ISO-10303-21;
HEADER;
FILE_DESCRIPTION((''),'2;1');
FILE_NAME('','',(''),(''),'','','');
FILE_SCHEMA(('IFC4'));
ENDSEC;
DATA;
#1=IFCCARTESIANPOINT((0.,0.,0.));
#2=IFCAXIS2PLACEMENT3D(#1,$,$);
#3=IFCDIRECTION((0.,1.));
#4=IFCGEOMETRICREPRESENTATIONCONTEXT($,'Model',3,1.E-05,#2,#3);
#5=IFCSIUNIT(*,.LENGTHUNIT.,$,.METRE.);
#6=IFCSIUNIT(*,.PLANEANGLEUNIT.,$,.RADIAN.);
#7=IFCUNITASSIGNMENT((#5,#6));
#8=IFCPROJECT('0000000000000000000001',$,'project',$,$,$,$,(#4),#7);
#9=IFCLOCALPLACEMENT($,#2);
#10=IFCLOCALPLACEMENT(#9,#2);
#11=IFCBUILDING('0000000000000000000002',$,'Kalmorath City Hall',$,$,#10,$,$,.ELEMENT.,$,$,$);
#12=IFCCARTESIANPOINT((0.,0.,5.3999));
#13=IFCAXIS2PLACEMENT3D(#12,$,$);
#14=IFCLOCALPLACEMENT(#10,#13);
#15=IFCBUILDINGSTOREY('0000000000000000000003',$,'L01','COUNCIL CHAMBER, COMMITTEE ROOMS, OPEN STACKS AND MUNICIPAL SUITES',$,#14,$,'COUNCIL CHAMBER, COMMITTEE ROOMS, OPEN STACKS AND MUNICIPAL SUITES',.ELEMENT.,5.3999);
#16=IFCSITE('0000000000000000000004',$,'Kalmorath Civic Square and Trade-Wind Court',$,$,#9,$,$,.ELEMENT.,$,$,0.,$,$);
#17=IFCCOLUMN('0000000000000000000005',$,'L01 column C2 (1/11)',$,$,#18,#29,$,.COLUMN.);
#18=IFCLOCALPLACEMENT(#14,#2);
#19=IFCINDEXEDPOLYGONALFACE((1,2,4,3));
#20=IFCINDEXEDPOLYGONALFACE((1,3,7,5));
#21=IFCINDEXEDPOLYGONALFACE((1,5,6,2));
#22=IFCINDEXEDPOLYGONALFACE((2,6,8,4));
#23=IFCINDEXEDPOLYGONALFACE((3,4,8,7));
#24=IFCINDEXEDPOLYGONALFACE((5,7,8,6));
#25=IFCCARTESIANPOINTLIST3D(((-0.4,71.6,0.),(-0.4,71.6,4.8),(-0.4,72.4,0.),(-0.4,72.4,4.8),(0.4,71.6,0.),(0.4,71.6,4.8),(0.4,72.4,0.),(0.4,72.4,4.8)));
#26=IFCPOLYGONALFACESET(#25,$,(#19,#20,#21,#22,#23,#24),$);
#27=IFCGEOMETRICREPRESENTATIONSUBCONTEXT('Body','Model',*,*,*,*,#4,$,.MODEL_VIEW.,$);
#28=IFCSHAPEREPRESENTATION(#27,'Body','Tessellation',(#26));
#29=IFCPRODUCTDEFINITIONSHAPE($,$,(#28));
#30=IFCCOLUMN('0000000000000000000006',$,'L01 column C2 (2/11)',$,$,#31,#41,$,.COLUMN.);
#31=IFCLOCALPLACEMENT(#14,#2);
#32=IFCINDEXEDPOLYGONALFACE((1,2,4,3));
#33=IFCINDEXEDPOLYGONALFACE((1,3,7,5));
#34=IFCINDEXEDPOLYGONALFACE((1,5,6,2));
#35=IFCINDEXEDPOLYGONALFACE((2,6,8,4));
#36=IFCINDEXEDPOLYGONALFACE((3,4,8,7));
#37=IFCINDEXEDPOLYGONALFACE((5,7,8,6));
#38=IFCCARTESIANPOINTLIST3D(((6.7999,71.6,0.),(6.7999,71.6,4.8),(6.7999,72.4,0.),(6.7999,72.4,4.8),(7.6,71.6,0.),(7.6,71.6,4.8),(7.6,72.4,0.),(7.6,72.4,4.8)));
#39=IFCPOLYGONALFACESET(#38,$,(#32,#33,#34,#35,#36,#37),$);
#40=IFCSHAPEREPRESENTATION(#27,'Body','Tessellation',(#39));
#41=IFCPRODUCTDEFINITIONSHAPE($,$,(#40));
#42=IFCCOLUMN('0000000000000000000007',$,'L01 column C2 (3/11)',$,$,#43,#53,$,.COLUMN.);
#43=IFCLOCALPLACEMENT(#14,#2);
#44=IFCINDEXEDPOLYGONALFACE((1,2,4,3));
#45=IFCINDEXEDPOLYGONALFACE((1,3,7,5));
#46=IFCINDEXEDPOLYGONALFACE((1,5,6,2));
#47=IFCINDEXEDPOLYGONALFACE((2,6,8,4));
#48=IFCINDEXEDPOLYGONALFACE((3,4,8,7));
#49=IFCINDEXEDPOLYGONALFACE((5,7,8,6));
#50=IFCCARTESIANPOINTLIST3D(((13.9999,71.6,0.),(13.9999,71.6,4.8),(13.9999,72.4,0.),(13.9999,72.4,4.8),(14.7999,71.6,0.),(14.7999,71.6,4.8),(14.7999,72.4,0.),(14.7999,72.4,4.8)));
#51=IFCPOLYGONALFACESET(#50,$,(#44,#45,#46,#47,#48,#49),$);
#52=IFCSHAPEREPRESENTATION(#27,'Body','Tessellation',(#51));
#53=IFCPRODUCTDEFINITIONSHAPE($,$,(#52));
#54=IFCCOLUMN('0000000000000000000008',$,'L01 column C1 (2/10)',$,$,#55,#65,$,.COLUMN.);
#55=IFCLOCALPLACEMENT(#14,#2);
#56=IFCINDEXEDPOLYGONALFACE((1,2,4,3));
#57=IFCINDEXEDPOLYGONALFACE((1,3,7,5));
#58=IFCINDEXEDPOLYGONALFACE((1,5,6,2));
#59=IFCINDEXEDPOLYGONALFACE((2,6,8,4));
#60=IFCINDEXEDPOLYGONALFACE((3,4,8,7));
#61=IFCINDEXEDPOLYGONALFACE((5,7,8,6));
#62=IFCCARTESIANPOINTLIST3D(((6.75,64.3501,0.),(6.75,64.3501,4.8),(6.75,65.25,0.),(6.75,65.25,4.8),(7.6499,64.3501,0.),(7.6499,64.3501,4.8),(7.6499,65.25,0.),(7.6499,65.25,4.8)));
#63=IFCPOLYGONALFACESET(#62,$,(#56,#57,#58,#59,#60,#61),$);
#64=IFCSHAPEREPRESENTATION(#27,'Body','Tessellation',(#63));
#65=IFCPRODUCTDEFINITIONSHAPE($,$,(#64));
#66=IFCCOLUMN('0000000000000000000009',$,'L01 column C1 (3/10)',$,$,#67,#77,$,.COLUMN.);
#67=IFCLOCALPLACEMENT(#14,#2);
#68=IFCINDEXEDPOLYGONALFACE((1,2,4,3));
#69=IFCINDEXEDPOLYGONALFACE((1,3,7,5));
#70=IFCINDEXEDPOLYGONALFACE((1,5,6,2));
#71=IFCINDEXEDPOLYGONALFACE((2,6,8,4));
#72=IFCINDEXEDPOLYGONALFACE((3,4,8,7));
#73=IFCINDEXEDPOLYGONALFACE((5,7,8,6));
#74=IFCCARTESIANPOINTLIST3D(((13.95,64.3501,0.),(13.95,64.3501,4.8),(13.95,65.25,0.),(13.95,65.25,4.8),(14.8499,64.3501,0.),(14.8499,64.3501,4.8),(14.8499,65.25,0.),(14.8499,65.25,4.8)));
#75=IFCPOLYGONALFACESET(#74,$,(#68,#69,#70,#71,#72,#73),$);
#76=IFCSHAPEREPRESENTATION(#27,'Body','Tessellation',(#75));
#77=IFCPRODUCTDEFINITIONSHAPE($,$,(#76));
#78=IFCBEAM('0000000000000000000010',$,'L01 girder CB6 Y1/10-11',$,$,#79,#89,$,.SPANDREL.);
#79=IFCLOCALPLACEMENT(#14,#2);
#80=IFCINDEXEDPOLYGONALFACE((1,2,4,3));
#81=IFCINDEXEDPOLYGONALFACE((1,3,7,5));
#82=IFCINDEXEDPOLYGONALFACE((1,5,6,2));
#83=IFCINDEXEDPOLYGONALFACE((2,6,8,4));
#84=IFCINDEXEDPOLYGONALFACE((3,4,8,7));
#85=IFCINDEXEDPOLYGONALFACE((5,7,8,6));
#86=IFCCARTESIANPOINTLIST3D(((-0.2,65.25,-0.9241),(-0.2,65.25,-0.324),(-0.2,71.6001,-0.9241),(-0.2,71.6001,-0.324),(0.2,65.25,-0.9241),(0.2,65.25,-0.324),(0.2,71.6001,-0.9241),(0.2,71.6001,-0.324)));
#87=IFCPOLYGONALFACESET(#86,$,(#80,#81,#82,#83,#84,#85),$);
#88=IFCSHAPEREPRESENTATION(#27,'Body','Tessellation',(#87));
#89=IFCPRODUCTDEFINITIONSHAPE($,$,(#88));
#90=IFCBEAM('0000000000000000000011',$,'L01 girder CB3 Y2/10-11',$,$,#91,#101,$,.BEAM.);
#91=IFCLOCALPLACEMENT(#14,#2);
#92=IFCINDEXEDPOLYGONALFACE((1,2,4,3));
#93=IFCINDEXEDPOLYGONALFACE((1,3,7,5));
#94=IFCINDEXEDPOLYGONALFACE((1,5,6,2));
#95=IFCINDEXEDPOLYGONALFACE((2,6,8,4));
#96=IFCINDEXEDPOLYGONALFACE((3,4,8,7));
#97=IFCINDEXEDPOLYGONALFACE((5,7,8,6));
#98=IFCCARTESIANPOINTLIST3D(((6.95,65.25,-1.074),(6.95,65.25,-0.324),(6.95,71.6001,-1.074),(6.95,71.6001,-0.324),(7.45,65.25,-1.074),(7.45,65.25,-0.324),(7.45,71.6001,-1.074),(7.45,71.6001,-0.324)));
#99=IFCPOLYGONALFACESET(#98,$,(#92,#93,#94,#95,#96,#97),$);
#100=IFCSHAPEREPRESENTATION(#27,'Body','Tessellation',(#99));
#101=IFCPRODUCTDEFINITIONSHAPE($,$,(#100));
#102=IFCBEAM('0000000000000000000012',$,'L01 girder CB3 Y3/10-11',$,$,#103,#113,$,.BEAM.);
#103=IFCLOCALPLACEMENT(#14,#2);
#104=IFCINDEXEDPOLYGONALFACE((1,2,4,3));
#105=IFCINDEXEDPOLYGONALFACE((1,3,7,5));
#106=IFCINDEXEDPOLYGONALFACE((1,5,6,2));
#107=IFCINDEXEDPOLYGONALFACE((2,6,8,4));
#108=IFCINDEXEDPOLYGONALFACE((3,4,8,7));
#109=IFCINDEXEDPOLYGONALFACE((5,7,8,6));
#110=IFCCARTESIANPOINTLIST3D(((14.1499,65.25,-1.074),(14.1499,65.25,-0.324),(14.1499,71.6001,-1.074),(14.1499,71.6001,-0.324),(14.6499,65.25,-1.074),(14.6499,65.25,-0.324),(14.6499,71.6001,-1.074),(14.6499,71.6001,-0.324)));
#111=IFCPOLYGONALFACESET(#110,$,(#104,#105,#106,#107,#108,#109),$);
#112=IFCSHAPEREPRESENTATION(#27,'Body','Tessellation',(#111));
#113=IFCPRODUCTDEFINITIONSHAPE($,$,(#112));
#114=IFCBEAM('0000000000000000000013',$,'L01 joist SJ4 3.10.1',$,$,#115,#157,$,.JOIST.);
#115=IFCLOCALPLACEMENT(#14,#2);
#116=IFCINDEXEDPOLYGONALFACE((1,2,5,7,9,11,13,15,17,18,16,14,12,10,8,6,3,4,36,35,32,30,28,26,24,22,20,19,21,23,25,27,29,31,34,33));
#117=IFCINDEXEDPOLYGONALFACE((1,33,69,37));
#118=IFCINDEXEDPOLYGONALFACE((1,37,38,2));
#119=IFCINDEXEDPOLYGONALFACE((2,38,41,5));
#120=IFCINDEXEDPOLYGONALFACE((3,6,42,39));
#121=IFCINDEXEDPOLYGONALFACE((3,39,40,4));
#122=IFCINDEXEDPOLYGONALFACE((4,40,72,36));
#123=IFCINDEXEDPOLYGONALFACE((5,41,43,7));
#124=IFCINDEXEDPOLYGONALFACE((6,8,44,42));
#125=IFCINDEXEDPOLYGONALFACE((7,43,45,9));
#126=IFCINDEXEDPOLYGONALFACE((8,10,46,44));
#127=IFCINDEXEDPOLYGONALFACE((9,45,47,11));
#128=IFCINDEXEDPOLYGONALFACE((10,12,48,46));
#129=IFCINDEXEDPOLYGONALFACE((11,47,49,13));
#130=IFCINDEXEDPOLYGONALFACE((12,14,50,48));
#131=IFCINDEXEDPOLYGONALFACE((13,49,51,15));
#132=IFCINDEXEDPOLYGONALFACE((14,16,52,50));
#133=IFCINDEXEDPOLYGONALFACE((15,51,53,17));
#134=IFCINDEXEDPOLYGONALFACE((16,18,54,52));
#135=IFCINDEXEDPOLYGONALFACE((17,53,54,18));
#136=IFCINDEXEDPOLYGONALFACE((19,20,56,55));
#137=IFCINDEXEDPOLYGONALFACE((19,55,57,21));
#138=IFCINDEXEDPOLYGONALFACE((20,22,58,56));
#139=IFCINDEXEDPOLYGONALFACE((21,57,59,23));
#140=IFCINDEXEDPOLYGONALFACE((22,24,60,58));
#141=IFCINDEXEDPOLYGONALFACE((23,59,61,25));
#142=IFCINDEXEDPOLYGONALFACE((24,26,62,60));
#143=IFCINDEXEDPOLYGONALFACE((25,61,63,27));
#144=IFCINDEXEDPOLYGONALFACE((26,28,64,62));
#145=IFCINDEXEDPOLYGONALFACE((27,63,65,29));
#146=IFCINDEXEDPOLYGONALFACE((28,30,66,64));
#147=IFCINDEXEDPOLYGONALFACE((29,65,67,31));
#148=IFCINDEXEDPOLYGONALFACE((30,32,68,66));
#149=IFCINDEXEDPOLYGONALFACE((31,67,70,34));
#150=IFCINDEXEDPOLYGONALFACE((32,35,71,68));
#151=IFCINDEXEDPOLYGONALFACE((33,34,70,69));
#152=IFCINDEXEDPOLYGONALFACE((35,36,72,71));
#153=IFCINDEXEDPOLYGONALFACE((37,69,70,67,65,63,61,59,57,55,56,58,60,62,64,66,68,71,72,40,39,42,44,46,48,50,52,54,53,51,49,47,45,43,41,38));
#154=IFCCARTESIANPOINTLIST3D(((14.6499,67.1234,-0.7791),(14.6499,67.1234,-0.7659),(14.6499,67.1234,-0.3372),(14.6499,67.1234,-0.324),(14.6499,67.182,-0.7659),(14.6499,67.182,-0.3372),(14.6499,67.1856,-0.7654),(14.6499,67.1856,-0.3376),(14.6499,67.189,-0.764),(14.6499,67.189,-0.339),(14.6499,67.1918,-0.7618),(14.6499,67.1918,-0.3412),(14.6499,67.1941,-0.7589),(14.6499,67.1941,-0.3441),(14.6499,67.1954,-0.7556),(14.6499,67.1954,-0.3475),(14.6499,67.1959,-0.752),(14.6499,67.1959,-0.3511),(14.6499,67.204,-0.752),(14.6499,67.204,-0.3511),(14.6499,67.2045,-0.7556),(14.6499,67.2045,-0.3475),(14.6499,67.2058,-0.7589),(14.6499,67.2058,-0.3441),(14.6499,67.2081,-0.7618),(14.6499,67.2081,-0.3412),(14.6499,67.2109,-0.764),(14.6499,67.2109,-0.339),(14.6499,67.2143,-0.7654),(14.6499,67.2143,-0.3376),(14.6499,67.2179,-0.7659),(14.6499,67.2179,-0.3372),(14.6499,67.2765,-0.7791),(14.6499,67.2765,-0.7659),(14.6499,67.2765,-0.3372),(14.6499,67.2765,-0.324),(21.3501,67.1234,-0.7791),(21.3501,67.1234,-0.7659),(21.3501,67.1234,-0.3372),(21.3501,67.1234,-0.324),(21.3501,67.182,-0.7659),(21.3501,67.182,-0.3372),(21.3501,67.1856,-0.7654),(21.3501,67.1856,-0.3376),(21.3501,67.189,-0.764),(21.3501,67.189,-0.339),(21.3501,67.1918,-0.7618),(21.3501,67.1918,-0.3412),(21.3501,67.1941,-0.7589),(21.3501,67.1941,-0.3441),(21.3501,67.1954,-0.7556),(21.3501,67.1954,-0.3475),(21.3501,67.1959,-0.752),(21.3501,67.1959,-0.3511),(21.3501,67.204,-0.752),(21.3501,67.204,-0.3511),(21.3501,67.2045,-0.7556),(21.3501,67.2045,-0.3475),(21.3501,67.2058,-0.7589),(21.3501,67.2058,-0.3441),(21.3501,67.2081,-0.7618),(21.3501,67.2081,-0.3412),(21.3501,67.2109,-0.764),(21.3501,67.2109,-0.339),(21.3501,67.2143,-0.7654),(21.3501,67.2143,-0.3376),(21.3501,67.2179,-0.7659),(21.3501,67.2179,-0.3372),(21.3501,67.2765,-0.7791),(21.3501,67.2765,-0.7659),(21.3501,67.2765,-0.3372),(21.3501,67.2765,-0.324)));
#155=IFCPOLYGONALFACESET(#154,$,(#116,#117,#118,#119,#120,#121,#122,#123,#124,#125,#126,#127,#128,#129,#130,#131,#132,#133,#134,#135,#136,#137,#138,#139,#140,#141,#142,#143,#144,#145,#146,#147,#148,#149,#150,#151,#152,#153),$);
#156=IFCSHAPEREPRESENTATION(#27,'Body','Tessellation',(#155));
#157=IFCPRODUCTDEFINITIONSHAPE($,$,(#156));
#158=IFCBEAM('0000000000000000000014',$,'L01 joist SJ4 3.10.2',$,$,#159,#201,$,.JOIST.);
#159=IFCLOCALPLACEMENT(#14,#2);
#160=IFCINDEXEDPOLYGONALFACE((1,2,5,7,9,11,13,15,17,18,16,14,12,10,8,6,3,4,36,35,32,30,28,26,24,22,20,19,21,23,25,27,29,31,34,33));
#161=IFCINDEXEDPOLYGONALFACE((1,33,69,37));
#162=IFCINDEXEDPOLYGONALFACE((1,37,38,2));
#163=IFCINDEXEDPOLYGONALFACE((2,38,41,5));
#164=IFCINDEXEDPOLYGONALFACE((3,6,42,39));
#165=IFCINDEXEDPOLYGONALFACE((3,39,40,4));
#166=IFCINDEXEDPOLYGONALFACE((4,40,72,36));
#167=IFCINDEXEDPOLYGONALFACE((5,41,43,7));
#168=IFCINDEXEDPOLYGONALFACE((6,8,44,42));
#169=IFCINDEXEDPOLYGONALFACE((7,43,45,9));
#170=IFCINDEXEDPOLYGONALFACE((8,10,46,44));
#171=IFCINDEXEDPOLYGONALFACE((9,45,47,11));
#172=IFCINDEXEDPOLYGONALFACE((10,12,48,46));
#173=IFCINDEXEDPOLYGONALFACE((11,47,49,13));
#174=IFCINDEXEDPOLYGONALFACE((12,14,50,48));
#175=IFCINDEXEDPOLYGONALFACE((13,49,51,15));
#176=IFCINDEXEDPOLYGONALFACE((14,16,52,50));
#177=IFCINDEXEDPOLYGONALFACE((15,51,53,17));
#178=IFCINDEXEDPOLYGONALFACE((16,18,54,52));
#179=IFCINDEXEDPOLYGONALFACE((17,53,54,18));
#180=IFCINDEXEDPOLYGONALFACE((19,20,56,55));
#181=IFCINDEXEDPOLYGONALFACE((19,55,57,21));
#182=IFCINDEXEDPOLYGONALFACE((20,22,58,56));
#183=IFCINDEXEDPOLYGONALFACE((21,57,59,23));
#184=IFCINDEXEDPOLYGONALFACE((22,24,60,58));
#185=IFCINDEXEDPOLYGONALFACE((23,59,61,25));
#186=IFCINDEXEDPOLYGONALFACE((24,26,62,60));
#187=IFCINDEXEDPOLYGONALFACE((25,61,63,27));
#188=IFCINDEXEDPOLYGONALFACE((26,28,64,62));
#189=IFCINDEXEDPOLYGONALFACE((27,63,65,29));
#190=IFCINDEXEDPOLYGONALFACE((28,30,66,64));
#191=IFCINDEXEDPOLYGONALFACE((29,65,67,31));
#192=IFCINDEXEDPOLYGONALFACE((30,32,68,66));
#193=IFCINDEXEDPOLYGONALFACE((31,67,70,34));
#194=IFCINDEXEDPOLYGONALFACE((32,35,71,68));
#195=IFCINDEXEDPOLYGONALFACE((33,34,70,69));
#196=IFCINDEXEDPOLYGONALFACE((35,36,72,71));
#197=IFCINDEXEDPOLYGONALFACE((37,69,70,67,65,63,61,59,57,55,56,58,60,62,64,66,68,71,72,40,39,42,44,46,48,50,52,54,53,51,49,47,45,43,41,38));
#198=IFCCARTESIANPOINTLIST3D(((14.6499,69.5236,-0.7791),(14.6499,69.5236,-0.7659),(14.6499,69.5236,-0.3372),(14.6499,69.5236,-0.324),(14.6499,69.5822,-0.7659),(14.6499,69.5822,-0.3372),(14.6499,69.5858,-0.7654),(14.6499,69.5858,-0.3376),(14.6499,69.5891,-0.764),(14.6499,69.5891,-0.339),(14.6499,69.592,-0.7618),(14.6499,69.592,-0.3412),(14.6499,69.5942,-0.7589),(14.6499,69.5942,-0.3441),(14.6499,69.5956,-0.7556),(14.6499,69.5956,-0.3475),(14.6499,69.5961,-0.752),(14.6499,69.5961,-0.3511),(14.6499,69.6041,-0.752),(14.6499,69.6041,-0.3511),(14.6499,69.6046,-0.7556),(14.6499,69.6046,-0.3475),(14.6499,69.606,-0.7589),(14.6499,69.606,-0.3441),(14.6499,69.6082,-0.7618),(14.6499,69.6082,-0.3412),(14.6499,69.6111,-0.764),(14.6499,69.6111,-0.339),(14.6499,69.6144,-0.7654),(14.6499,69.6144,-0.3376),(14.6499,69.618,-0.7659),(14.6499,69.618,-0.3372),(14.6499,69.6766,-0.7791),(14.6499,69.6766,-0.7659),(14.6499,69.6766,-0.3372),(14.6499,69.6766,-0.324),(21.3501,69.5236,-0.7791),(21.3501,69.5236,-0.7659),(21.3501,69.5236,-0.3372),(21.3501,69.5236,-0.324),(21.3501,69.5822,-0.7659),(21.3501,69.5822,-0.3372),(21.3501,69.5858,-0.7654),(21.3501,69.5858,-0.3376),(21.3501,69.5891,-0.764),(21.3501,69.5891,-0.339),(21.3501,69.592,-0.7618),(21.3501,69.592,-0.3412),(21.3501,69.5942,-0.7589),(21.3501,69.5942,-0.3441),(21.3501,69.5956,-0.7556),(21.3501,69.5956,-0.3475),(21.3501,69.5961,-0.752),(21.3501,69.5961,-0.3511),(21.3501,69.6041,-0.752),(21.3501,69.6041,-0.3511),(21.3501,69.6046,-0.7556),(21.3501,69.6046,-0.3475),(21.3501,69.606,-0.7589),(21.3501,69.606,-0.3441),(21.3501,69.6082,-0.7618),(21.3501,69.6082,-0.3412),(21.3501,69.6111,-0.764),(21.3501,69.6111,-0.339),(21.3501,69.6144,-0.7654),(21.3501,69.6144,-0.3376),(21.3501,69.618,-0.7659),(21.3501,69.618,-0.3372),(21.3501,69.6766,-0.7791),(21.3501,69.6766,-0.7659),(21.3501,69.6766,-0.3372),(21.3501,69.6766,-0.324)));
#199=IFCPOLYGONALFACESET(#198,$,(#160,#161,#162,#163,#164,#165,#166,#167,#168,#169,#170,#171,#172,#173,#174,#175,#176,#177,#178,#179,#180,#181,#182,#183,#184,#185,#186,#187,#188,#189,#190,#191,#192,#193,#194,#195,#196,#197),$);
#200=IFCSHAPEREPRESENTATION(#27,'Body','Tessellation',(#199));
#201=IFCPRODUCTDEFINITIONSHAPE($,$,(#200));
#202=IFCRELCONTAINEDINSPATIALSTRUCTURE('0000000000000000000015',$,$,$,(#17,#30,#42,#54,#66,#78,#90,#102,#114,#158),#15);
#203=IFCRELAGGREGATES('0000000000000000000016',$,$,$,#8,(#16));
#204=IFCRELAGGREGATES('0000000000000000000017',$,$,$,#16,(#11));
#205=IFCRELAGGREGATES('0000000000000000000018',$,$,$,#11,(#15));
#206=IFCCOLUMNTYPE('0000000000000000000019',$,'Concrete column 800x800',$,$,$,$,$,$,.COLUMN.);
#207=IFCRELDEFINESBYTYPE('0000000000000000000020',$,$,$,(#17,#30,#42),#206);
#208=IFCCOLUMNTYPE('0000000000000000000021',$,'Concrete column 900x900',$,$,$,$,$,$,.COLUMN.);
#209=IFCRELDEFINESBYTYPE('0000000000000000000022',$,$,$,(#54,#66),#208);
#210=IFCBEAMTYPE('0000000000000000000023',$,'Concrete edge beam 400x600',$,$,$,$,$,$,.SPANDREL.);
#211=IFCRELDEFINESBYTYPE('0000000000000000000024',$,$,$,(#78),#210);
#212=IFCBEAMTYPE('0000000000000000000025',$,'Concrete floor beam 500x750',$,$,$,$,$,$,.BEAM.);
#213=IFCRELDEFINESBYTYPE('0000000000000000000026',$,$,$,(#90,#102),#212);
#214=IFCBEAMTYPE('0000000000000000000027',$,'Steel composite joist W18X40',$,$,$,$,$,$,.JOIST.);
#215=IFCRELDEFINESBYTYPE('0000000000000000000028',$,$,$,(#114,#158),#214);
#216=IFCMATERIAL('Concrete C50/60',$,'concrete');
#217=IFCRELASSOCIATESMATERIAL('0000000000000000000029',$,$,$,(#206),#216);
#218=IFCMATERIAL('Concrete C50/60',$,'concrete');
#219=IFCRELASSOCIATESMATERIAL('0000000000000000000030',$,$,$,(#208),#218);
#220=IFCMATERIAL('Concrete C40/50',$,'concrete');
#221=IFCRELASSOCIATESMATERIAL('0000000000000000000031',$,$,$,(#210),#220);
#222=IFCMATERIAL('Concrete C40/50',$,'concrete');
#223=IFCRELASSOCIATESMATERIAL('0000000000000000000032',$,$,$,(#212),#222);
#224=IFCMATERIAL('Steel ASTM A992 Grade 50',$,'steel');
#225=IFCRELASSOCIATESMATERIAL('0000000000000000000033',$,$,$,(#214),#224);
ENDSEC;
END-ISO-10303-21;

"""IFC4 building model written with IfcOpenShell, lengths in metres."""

from ifc_helpers import new_model, si_unit, direction, frame, origin, origin_2d, place, context, subcontext, project, spatial, rectangle, i_section, extrude, material, material_profile, profile_set, type_object, element, save


model = new_model("IFC4")

# Units and contexts
model_context = context("Model", 3, precision=1e-05, world=origin(), true_north=direction((0.0, 1.0)))
body_context = subcontext(model_context, "Body", "Model", "MODEL_VIEW")
ifc_project = project(units=[si_unit("LENGTHUNIT", "METRE"), si_unit("PLANEANGLEUNIT", "RADIAN")], contexts=[model_context])

# Site, building, storey
site_placement = place(None, origin())
site = spatial("IfcSite", under=ifc_project, at=site_placement, Name="Kalmorath Civic Square and Trade-Wind Court", CompositionType="ELEMENT", RefElevation=0.0)
building_placement = place(site_placement, origin())
building = spatial("IfcBuilding", under=site, at=building_placement, Name="Kalmorath City Hall", CompositionType="ELEMENT")
storey_placement = place(building_placement, frame((0.0, 0.0, 5.3999)))
storey = spatial("IfcBuildingStorey", under=building, at=storey_placement, Name="L01", Description="COUNCIL CHAMBER, COMMITTEE ROOMS, OPEN STACKS AND MUNICIPAL SUITES", LongName="COUNCIL CHAMBER, COMMITTEE ROOMS, OPEN STACKS AND MUNICIPAL SUITES", CompositionType="ELEMENT", Elevation=5.3999)

# Columns
ifc_material_1 = material(Name="Concrete C50/60", Category="concrete")
ifc_material_profile_1 = material_profile(ifc_material_1, rectangle(XDim=0.8, YDim=0.8, at=origin_2d()), Name="RC-COL-800X800")
ifc_profile_set_1 = profile_set([ifc_material_profile_1], Name="Concrete C50/60")
column_type_1 = type_object("IfcColumnType", Name="Concrete column 800x800", PredefinedType="COLUMN", material=ifc_profile_set_1)
for number, where, z_axis, x_axis, name in (
    (1, (0.0, 72.0, 0.0), (0.0, 0.0, 1.0), (1.0, 0.0, 0.0), "L01 column C2 (1/11)"),
    (2, (7.2, 72.0, 0.0), (0.0, 0.0, 1.0), (1.0, 0.0, 0.0), "L01 column C2 (2/11)"),
    (3, (14.3999, 72.0, 0.0), (0.0, 0.0, 1.0), (1.0, 0.0, 0.0), "L01 column C2 (3/11)"),
):
    element("IfcColumn", number, at=place(storey_placement, frame(where, z_axis=z_axis, x_axis=x_axis)), inside=storey, type_object=column_type_1, Name=name, PredefinedType="COLUMN", context=body_context, shape_type="SweptSolid", body=[
        extrude(rectangle(XDim=0.8, YDim=0.8, at=origin_2d()), origin(), (0.0, 0.0, 1.0), 4.8),
    ])
ifc_material_2 = material(Name="Concrete C50/60", Category="concrete")
ifc_material_profile_2 = material_profile(ifc_material_2, rectangle(XDim=0.8999, YDim=0.8999, at=origin_2d()), Name="RC-COL-900X900")
ifc_profile_set_2 = profile_set([ifc_material_profile_2], Name="Concrete C50/60")
column_type_2 = type_object("IfcColumnType", Name="Concrete column 900x900", PredefinedType="COLUMN", material=ifc_profile_set_2)
for number, where, z_axis, x_axis, name in (
    (4, (7.2, 64.8, 0.0), (0.0, 0.0, 1.0), (1.0, 0.0, 0.0), "L01 column C1 (2/10)"),
    (5, (14.3999, 64.8, 0.0), (0.0, 0.0, 1.0), (1.0, 0.0, 0.0), "L01 column C1 (3/10)"),
):
    element("IfcColumn", number, at=place(storey_placement, frame(where, z_axis=z_axis, x_axis=x_axis)), inside=storey, type_object=column_type_2, Name=name, PredefinedType="COLUMN", context=body_context, shape_type="SweptSolid", body=[
        extrude(rectangle(XDim=0.8999, YDim=0.8999, at=origin_2d()), origin(), (0.0, 0.0, 1.0), 4.8),
    ])

# Beams
ifc_material_3 = material(Name="Concrete C40/50", Category="concrete")
ifc_material_profile_3 = material_profile(ifc_material_3, rectangle(XDim=0.3999, YDim=0.6001, at=origin_2d()), Name="RC-BM-400X600")
ifc_profile_set_3 = profile_set([ifc_material_profile_3], Name="Concrete C40/50")
beam_type_1 = type_object("IfcBeamType", Name="Concrete edge beam 400x600", PredefinedType="SPANDREL", material=ifc_profile_set_3)
beam_1_placement = place(storey_placement, frame((0.0, 65.25, -0.624), z_axis=(0.0, 1.0, 0.0), x_axis=(-1.0, 0.0, 0.0)))
element("IfcBeam", 6, at=beam_1_placement, inside=storey, type_object=beam_type_1, Name="L01 girder CB6 Y1/10-11", PredefinedType="SPANDREL", context=body_context, shape_type="SweptSolid", body=[
    extrude(rectangle(XDim=0.3999, YDim=0.6001, at=origin_2d()), origin(), (0.0, 0.0, 1.0), 6.3501),
])
ifc_material_4 = material(Name="Concrete C40/50", Category="concrete")
ifc_material_profile_4 = material_profile(ifc_material_4, rectangle(XDim=0.5, YDim=0.75, at=origin_2d()), Name="RC-BM-500X750")
ifc_profile_set_4 = profile_set([ifc_material_profile_4], Name="Concrete C40/50")
beam_type_2 = type_object("IfcBeamType", Name="Concrete floor beam 500x750", PredefinedType="BEAM", material=ifc_profile_set_4)
for number, where, z_axis, x_axis, name in (
    (7, (7.2, 65.25, -0.699), (0.0, 1.0, 0.0), (-1.0, 0.0, 0.0), "L01 girder CB3 Y2/10-11"),
    (8, (14.3999, 65.25, -0.699), (0.0, 1.0, 0.0), (-1.0, 0.0, 0.0), "L01 girder CB3 Y3/10-11"),
):
    element("IfcBeam", number, at=place(storey_placement, frame(where, z_axis=z_axis, x_axis=x_axis)), inside=storey, type_object=beam_type_2, Name=name, PredefinedType="BEAM", context=body_context, shape_type="SweptSolid", body=[
        extrude(rectangle(XDim=0.5, YDim=0.75, at=origin_2d()), origin(), (0.0, 0.0, 1.0), 6.3501),
    ])
ifc_material_5 = material(Name="Steel ASTM A992 Grade 50", Category="steel")
ifc_material_profile_5 = material_profile(ifc_material_5, i_section(OverallWidth=0.1531, OverallDepth=0.4551, WebThickness=0.0081, FlangeThickness=0.0132, FilletRadius=0.0139, at=origin_2d()), Name="W18X40")
ifc_profile_set_5 = profile_set([ifc_material_profile_5], Name="Steel ASTM A992 Grade 50")
beam_type_3 = type_object("IfcBeamType", Name="Steel composite joist W18X40", PredefinedType="JOIST", material=ifc_profile_set_5)
for number, where, z_axis, x_axis, name in (
    (9, (14.6499, 67.2, -0.5515), (1.0, 0.0, 0.0), (0.0, 1.0, 0.0), "L01 joist SJ4 3.10.1"),
    (10, (14.6499, 69.6001, -0.5515), (1.0, 0.0, 0.0), (0.0, 1.0, 0.0), "L01 joist SJ4 3.10.2"),
):
    element("IfcBeam", number, at=place(storey_placement, frame(where, z_axis=z_axis, x_axis=x_axis)), inside=storey, type_object=beam_type_3, Name=name, PredefinedType="JOIST", context=body_context, shape_type="SweptSolid", body=[
        extrude(i_section(OverallWidth=0.1531, OverallDepth=0.4551, WebThickness=0.0081, FlangeThickness=0.0132, FilletRadius=0.0139, at=origin_2d()), origin(), (0.0, 0.0, 1.0), 6.7002),
    ])

save(model, "model.ifc")
